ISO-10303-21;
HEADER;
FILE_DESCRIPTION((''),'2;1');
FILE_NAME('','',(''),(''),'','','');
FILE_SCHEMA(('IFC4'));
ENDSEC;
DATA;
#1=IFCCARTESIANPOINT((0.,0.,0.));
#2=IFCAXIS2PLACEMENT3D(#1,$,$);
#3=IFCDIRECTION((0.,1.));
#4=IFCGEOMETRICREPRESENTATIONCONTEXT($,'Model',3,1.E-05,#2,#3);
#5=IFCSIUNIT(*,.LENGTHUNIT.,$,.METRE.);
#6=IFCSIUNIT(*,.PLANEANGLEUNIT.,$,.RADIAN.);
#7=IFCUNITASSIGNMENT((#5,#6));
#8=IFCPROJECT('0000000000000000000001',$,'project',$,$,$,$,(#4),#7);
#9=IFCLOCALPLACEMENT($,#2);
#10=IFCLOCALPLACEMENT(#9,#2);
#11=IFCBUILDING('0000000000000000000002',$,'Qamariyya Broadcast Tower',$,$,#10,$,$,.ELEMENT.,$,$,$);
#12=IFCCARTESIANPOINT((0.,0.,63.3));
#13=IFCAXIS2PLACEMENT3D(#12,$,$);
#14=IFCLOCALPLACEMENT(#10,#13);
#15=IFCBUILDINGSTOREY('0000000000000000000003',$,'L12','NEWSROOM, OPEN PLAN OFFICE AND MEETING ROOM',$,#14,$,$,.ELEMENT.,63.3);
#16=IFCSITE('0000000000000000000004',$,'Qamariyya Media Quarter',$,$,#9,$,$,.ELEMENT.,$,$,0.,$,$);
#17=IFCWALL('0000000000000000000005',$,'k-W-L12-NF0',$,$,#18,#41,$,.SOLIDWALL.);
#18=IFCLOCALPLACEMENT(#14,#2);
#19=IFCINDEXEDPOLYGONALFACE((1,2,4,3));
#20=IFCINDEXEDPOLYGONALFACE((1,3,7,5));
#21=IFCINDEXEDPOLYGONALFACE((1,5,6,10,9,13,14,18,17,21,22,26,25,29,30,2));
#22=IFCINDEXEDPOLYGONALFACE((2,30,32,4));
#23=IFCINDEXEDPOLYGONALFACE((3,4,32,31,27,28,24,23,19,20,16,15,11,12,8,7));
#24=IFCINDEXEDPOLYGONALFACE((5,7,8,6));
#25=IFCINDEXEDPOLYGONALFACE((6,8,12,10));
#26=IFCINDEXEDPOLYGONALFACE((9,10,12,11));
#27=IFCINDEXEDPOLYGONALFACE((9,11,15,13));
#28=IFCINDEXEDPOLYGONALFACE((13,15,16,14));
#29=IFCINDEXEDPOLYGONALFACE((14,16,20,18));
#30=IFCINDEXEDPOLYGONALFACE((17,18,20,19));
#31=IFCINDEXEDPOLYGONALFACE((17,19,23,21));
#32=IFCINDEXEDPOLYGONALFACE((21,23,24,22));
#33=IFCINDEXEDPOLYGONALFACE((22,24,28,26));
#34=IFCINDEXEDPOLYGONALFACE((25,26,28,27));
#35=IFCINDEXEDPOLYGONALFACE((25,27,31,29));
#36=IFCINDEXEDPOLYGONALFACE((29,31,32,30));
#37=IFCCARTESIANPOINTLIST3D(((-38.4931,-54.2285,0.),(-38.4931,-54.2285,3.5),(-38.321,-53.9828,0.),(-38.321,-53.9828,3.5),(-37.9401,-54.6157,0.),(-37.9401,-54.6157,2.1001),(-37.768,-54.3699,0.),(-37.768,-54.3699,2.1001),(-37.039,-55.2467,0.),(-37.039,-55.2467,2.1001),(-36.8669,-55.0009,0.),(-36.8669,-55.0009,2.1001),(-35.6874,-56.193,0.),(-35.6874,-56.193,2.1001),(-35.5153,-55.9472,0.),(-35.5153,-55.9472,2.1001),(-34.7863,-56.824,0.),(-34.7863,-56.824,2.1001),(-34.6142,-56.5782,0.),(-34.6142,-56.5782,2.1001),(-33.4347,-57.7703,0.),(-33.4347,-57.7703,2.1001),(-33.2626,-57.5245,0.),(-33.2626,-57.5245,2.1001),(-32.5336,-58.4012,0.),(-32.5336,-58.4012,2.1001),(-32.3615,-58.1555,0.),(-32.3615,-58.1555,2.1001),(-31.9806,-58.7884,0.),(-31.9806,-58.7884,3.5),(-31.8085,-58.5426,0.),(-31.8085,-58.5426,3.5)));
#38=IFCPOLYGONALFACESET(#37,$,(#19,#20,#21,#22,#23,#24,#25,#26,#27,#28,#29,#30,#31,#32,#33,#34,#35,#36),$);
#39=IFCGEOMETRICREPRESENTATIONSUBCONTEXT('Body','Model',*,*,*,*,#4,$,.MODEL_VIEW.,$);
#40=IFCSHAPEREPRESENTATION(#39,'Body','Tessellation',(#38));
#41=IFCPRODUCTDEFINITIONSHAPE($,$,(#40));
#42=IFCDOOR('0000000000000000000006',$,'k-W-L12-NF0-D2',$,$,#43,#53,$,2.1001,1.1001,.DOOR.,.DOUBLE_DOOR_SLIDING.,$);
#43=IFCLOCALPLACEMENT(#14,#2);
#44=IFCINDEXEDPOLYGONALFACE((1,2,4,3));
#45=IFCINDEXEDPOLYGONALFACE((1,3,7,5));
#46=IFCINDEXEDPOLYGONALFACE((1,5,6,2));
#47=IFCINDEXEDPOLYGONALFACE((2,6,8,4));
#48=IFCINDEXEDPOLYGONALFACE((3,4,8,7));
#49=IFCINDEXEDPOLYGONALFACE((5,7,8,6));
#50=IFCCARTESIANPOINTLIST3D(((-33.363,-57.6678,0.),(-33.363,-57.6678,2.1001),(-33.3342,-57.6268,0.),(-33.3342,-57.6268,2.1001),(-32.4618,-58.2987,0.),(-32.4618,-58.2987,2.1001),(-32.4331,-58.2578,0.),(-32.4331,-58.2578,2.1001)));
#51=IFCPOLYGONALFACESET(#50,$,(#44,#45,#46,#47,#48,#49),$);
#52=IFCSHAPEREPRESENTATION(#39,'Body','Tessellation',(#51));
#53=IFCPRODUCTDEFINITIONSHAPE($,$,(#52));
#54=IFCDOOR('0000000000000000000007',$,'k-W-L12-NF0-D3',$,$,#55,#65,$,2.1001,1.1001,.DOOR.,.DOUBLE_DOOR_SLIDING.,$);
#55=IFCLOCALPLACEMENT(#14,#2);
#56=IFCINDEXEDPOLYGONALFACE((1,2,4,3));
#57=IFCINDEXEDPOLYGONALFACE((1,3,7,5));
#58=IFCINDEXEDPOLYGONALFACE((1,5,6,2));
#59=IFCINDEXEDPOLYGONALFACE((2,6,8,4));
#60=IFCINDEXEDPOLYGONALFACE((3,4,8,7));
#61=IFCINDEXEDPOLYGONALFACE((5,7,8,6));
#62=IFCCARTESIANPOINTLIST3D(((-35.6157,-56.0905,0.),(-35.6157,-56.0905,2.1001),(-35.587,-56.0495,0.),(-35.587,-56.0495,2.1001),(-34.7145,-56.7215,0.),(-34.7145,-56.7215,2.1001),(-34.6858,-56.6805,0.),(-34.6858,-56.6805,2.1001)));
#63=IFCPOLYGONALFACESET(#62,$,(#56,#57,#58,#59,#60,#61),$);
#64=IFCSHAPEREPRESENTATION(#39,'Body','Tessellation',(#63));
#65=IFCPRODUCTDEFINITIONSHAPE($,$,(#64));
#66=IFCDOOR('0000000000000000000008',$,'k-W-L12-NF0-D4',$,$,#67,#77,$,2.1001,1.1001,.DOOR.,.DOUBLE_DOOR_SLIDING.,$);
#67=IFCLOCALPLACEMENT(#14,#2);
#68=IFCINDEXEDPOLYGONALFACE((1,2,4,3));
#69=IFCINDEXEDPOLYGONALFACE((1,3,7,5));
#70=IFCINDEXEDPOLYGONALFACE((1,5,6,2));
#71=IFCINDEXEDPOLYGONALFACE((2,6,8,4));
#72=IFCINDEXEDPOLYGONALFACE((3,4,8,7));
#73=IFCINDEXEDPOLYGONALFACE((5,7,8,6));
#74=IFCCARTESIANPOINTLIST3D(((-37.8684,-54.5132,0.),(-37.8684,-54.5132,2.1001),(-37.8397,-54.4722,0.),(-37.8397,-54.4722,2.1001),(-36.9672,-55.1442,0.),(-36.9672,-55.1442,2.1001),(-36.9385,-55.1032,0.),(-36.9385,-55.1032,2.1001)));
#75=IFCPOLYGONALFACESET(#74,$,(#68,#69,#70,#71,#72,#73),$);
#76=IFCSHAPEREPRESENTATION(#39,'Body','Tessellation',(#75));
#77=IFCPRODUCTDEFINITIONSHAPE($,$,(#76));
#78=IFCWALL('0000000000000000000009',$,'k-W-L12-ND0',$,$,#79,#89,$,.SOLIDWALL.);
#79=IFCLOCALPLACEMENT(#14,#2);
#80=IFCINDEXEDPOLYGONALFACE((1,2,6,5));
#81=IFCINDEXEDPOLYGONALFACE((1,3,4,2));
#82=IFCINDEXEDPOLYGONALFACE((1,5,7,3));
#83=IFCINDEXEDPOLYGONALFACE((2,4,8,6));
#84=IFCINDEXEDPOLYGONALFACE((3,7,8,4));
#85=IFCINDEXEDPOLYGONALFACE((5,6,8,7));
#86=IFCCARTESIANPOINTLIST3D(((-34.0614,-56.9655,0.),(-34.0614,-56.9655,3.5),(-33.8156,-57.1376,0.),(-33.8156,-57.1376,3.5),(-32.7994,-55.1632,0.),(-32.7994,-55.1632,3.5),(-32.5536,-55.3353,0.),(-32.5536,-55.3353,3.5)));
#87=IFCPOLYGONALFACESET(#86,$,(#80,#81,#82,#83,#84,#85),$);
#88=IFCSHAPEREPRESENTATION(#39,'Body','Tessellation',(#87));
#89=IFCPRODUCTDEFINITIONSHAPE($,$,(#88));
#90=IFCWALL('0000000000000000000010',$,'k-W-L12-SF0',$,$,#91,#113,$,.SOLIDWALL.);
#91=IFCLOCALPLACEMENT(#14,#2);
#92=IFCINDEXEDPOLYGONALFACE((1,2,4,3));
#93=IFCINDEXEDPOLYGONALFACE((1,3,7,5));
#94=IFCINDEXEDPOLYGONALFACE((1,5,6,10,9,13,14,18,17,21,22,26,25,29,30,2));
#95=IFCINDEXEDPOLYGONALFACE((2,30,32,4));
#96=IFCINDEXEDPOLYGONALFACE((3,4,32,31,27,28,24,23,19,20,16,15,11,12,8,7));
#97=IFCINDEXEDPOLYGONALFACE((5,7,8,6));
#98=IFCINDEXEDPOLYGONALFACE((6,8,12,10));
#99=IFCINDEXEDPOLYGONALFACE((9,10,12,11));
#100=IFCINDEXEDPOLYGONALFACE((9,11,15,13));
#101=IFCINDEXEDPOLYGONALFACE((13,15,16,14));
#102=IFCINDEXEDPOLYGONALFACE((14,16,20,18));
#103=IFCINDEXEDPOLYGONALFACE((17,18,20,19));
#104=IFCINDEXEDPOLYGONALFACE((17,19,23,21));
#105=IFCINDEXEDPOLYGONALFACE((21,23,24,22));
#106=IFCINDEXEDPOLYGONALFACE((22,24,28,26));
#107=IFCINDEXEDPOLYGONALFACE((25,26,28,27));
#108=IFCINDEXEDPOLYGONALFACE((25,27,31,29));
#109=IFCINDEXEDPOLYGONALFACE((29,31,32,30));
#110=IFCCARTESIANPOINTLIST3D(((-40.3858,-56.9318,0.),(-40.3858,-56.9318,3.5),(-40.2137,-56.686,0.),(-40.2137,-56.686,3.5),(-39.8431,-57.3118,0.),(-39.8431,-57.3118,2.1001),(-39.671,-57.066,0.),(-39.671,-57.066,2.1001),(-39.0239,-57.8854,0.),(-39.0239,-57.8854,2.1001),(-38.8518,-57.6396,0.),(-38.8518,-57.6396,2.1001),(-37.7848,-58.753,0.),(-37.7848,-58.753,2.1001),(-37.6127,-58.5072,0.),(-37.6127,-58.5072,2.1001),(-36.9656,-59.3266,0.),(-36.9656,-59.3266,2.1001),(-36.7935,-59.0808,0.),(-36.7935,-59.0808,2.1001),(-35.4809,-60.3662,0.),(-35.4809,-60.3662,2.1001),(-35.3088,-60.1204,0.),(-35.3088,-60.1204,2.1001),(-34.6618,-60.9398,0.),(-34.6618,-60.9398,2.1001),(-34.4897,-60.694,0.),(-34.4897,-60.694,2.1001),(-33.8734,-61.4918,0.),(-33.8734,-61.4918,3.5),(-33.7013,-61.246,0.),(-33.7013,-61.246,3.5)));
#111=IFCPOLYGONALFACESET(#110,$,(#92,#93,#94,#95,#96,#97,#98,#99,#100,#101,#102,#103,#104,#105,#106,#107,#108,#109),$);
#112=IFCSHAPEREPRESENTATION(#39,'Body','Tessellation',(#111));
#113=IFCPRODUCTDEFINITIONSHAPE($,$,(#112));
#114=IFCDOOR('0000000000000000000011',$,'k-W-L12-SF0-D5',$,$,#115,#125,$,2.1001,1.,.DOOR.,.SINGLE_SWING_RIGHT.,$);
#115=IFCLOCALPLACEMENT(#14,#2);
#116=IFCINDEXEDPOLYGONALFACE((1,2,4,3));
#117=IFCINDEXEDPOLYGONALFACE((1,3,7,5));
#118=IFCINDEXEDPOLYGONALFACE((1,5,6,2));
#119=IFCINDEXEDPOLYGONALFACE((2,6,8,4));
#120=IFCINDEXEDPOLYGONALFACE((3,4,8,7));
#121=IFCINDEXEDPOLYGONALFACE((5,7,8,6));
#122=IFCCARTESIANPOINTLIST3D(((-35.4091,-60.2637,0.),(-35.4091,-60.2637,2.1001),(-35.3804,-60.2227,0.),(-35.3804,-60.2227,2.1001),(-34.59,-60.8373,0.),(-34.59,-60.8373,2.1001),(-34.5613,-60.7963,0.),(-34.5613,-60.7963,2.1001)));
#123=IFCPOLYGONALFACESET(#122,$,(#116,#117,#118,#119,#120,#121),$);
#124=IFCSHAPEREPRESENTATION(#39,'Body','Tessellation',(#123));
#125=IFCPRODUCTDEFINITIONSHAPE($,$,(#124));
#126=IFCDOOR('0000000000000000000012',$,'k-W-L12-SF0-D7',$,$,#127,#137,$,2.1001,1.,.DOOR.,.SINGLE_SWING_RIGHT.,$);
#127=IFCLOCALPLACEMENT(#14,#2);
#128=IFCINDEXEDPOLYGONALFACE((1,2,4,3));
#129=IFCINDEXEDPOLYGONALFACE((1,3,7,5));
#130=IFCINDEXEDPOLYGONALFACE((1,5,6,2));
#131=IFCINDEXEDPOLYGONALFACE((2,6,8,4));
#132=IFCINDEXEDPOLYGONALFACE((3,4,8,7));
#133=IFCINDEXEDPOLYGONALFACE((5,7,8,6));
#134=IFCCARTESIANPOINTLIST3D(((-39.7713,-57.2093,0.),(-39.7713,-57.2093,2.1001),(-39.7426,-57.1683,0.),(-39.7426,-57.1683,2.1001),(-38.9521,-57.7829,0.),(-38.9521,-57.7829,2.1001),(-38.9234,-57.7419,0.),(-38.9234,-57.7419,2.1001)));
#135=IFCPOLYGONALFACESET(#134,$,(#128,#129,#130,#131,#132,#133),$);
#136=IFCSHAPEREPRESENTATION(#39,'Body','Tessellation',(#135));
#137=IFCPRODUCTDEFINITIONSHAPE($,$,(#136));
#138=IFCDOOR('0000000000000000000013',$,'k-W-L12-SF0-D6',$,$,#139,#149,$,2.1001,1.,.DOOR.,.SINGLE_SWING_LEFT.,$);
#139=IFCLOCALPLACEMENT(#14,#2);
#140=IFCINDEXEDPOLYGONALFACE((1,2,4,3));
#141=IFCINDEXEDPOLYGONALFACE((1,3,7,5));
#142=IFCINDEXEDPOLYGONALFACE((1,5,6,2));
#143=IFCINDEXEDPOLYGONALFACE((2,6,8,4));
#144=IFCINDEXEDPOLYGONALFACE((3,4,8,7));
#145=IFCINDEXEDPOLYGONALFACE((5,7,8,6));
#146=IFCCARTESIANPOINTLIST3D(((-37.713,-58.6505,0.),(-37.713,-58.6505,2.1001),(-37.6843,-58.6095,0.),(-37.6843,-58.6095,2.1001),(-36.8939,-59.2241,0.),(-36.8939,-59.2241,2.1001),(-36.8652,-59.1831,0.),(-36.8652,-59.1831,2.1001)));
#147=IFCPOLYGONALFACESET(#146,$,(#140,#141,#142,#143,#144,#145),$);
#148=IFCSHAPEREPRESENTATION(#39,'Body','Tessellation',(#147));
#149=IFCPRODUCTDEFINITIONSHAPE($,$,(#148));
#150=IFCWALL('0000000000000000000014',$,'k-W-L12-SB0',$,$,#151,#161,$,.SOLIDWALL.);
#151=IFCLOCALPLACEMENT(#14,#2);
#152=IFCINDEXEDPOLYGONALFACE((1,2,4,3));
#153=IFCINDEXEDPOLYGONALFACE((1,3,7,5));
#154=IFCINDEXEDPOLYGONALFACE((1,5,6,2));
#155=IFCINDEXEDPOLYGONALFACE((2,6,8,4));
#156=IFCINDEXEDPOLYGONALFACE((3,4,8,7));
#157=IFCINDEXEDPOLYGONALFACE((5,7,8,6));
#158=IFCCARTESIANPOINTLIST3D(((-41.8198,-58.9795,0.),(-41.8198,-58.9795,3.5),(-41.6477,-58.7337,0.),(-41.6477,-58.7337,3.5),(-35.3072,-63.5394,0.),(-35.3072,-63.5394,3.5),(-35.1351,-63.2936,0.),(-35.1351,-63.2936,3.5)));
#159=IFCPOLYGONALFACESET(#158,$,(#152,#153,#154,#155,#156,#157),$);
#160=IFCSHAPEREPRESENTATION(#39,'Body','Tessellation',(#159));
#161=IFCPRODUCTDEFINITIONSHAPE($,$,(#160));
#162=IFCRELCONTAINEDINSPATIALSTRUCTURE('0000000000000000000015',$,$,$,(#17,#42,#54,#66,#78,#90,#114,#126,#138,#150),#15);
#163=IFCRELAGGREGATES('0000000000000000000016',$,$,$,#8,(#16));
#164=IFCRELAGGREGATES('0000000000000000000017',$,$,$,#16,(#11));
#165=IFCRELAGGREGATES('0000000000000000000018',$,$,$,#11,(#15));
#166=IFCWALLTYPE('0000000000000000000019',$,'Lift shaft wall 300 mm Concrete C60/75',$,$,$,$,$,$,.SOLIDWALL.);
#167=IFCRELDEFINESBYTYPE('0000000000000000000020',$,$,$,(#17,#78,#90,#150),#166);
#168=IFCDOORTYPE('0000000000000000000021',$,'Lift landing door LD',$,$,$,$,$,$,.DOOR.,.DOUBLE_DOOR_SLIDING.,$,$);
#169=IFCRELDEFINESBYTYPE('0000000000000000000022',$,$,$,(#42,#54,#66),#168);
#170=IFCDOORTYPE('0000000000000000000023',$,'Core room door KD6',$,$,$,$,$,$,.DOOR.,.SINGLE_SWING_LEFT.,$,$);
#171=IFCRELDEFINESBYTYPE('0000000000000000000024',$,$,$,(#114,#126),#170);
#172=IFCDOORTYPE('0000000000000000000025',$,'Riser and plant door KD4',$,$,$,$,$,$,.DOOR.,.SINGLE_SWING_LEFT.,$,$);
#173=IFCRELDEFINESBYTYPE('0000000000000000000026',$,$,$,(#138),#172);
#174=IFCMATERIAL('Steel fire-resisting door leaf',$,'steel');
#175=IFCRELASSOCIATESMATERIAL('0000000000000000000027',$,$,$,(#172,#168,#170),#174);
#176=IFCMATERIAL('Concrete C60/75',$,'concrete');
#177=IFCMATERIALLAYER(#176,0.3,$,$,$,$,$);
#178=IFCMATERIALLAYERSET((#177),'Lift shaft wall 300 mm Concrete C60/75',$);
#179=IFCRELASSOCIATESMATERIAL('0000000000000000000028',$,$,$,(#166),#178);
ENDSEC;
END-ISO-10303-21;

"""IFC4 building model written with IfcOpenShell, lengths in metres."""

from ifc_helpers import new_model, si_unit, direction, frame, frame_2d, origin, place, context, subcontext, project, spatial, rectangle, extrude, material, layer, layer_set, type_object, element, fill, save


model = new_model("IFC4")

# Units and contexts
model_context = context("Model", 3, precision=1e-05, world=origin(), true_north=direction((0.0, 1.0)))
body_context = subcontext(model_context, "Body", "Model", "MODEL_VIEW")
ifc_project = project(units=[si_unit("LENGTHUNIT", "METRE"), si_unit("PLANEANGLEUNIT", "RADIAN")], contexts=[model_context])

# Site, building, storey
site_placement = place(None, origin())
site = spatial("IfcSite", under=ifc_project, at=site_placement, Name="Qamariyya Media Quarter", CompositionType="ELEMENT", RefElevation=0.0)
building_placement = place(site_placement, origin())
building = spatial("IfcBuilding", under=site, at=building_placement, Name="Qamariyya Broadcast Tower", CompositionType="ELEMENT")
storey_placement = place(building_placement, frame((0.0, 0.0, 63.3)))
storey = spatial("IfcBuildingStorey", under=building, at=storey_placement, Name="L12", Description="NEWSROOM, OPEN PLAN OFFICE AND MEETING ROOM", CompositionType="ELEMENT", Elevation=63.3)

# Shared definitions
ifc_material_1 = material(Name="Steel fire-resisting door leaf", Category="steel")
door_type_1 = type_object("IfcDoorType", Name="Riser and plant door KD4", OperationType="SINGLE_SWING_LEFT", PredefinedType="DOOR", material=ifc_material_1)

# Wall, openings, doors
ifc_material_2 = material(Name="Concrete C60/75", Category="concrete")
ifc_layer_1 = layer(ifc_material_2, 0.3)
ifc_layer_set_1 = layer_set([ifc_layer_1], Name="Lift shaft wall 300 mm Concrete C60/75")
wall_type_1 = type_object("IfcWallType", Name="Lift shaft wall 300 mm Concrete C60/75", PredefinedType="SOLIDWALL", material=ifc_layer_set_1)
wall_1_placement = place(storey_placement, frame((-31.8945, -58.6655, 0.0), z_axis=(0.0, 0.0, 1.0), x_axis=(-0.819167, 0.573555, 0.0)))
wall_1 = element("IfcWall", 1, at=wall_1_placement, inside=storey, type_object=wall_type_1, Name="k-W-L12-NF0", PredefinedType="SOLIDWALL", context=body_context, shape_type="SweptSolid", body=[
    extrude(rectangle(XDim=7.9502, YDim=0.3, at=frame_2d((3.9751, 0.0))), origin(), (0.0, 0.0, 1.0), 3.5),
])
opening_1_placement = place(wall_1_placement, frame((0.675, 0.0, 0.0)))
opening_1 = element("IfcOpeningElement", 2, at=opening_1_placement, cuts=wall_1, PredefinedType="OPENING", context=body_context, shape_type="SweptSolid", body=[
    extrude(rectangle(XDim=1.1001, YDim=2.1001, at=frame_2d((0.55, 1.05))), frame((0.0, 0.1599, 0.0), z_axis=(0.0, -1.0, 0.0), x_axis=(1.0, 0.0, 0.0)), (0.0, 0.0, 1.0), 0.3201),
])
opening_2_placement = place(wall_1_placement, frame((3.425, 0.0, 0.0)))
opening_2 = element("IfcOpeningElement", 3, at=opening_2_placement, cuts=wall_1, PredefinedType="OPENING", context=body_context, shape_type="SweptSolid", body=[
    extrude(rectangle(XDim=1.1001, YDim=2.1001, at=frame_2d((0.55, 1.05))), frame((0.0, 0.1599, 0.0), z_axis=(0.0, -1.0, 0.0), x_axis=(1.0, 0.0, 0.0)), (0.0, 0.0, 1.0), 0.3201),
])
opening_3_placement = place(wall_1_placement, frame((6.175, 0.0, 0.0)))
opening_3 = element("IfcOpeningElement", 4, at=opening_3_placement, cuts=wall_1, PredefinedType="OPENING", context=body_context, shape_type="SweptSolid", body=[
    extrude(rectangle(XDim=1.1001, YDim=2.1001, at=frame_2d((0.55, 1.05))), frame((0.0, 0.1599, 0.0), z_axis=(0.0, -1.0, 0.0), x_axis=(1.0, 0.0, 0.0)), (0.0, 0.0, 1.0), 0.3201),
])
door_type_2 = type_object("IfcDoorType", Name="Lift landing door LD", OperationType="DOUBLE_DOOR_SLIDING", PredefinedType="DOOR", material=ifc_material_1)
door_1_placement = place(opening_1_placement, origin())
door_1 = element("IfcDoor", 5, at=door_1_placement, inside=storey, type_object=door_type_2, Name="k-W-L12-NF0-D2", OperationType="DOUBLE_DOOR_SLIDING", OverallHeight=2.1001, OverallWidth=1.1001, PredefinedType="DOOR", context=body_context, shape_type="SweptSolid", body=[
    extrude(rectangle(XDim=1.1001, YDim=2.1001, at=frame_2d((0.55, 1.05))), frame((0.0, 0.0249, 0.0), z_axis=(0.0, -1.0, 0.0), x_axis=(1.0, 0.0, 0.0)), (0.0, 0.0, 1.0), 0.05),
])
fill(opening_1, door_1)
door_2_placement = place(opening_2_placement, origin())
door_2 = element("IfcDoor", 6, at=door_2_placement, inside=storey, type_object=door_type_2, Name="k-W-L12-NF0-D3", OperationType="DOUBLE_DOOR_SLIDING", OverallHeight=2.1001, OverallWidth=1.1001, PredefinedType="DOOR", context=body_context, shape_type="SweptSolid", body=[
    extrude(rectangle(XDim=1.1001, YDim=2.1001, at=frame_2d((0.55, 1.05))), frame((0.0, 0.0249, 0.0), z_axis=(0.0, -1.0, 0.0), x_axis=(1.0, 0.0, 0.0)), (0.0, 0.0, 1.0), 0.05),
])
fill(opening_2, door_2)
door_3_placement = place(opening_3_placement, origin())
door_3 = element("IfcDoor", 7, at=door_3_placement, inside=storey, type_object=door_type_2, Name="k-W-L12-NF0-D4", OperationType="DOUBLE_DOOR_SLIDING", OverallHeight=2.1001, OverallWidth=1.1001, PredefinedType="DOOR", context=body_context, shape_type="SweptSolid", body=[
    extrude(rectangle(XDim=1.1001, YDim=2.1001, at=frame_2d((0.55, 1.05))), frame((0.0, 0.0249, 0.0), z_axis=(0.0, -1.0, 0.0), x_axis=(1.0, 0.0, 0.0)), (0.0, 0.0, 1.0), 0.05),
])
fill(opening_3, door_3)

# Wall
wall_2_placement = place(storey_placement, frame((-33.9385, -57.0515, 0.0), z_axis=(0.0, 0.0, 1.0), x_axis=(0.573581, 0.819149, 0.0)))
element("IfcWall", 8, at=wall_2_placement, inside=storey, type_object=wall_type_1, Name="k-W-L12-ND0", PredefinedType="SOLIDWALL", context=body_context, shape_type="SweptSolid", body=[
    extrude(rectangle(XDim=2.2002, YDim=0.3, at=frame_2d((1.1001, 0.0))), origin(), (0.0, 0.0, 1.0), 3.5),
])

# Wall, openings, doors
wall_3_placement = place(storey_placement, frame((-33.7874, -61.3689, 0.0), z_axis=(0.0, 0.0, 1.0), x_axis=(-0.819153, 0.573576, 0.0)))
wall_3 = element("IfcWall", 9, at=wall_3_placement, inside=storey, type_object=wall_type_1, Name="k-W-L12-SF0", PredefinedType="SOLIDWALL", context=body_context, shape_type="SweptSolid", body=[
    extrude(rectangle(XDim=7.9502, YDim=0.3, at=frame_2d((3.9751, 0.0))), origin(), (0.0, 0.0, 1.0), 3.5),
])
opening_4_placement = place(wall_3_placement, frame((0.9624, 0.0, 0.0)))
opening_4 = element("IfcOpeningElement", 10, at=opening_4_placement, cuts=wall_3, PredefinedType="OPENING", context=body_context, shape_type="SweptSolid", body=[
    extrude(rectangle(XDim=1.0, YDim=2.1001, at=frame_2d((0.5, 1.05))), frame((0.0, 0.1599, 0.0), z_axis=(0.0, -1.0, 0.0), x_axis=(1.0, 0.0, 0.0)), (0.0, 0.0, 1.0), 0.3201),
])
opening_5_placement = place(wall_3_placement, frame((3.7749, 0.0, 0.0)))
opening_5 = element("IfcOpeningElement", 11, at=opening_5_placement, cuts=wall_3, PredefinedType="OPENING", context=body_context, shape_type="SweptSolid", body=[
    extrude(rectangle(XDim=1.0, YDim=2.1001, at=frame_2d((0.5, 1.05))), frame((0.0, 0.1599, 0.0), z_axis=(0.0, -1.0, 0.0), x_axis=(1.0, 0.0, 0.0)), (0.0, 0.0, 1.0), 0.3201),
])
opening_6_placement = place(wall_3_placement, frame((6.2876, 0.0, 0.0)))
opening_6 = element("IfcOpeningElement", 12, at=opening_6_placement, cuts=wall_3, PredefinedType="OPENING", context=body_context, shape_type="SweptSolid", body=[
    extrude(rectangle(XDim=1.0, YDim=2.1001, at=frame_2d((0.5, 1.05))), frame((0.0, 0.1599, 0.0), z_axis=(0.0, -1.0, 0.0), x_axis=(1.0, 0.0, 0.0)), (0.0, 0.0, 1.0), 0.3201),
])
door_type_3 = type_object("IfcDoorType", Name="Core room door KD6", OperationType="SINGLE_SWING_LEFT", PredefinedType="DOOR", material=ifc_material_1)
door_4_placement = place(opening_4_placement, origin())
door_4 = element("IfcDoor", 13, at=door_4_placement, inside=storey, type_object=door_type_3, Name="k-W-L12-SF0-D5", OperationType="SINGLE_SWING_RIGHT", OverallHeight=2.1001, OverallWidth=1.0, PredefinedType="DOOR", context=body_context, shape_type="SweptSolid", body=[
    extrude(rectangle(XDim=1.0, YDim=2.1001, at=frame_2d((0.5, 1.05))), frame((0.0, 0.0249, 0.0), z_axis=(0.0, -1.0, 0.0), x_axis=(1.0, 0.0, 0.0)), (0.0, 0.0, 1.0), 0.05),
])
fill(opening_4, door_4)
door_5_placement = place(opening_6_placement, origin())
door_5 = element("IfcDoor", 14, at=door_5_placement, inside=storey, type_object=door_type_3, Name="k-W-L12-SF0-D7", OperationType="SINGLE_SWING_RIGHT", OverallHeight=2.1001, OverallWidth=1.0, PredefinedType="DOOR", context=body_context, shape_type="SweptSolid", body=[
    extrude(rectangle(XDim=1.0, YDim=2.1001, at=frame_2d((0.5, 1.05))), frame((0.0, 0.0249, 0.0), z_axis=(0.0, -1.0, 0.0), x_axis=(1.0, 0.0, 0.0)), (0.0, 0.0, 1.0), 0.05),
])
fill(opening_6, door_5)
door_6_placement = place(opening_5_placement, origin())
door_6 = element("IfcDoor", 15, at=door_6_placement, inside=storey, type_object=door_type_1, Name="k-W-L12-SF0-D6", OperationType="SINGLE_SWING_LEFT", OverallHeight=2.1001, OverallWidth=1.0, PredefinedType="DOOR", context=body_context, shape_type="SweptSolid", body=[
    extrude(rectangle(XDim=1.0, YDim=2.1001, at=frame_2d((0.5, 1.05))), frame((0.0, 0.0249, 0.0), z_axis=(0.0, -1.0, 0.0), x_axis=(1.0, 0.0, 0.0)), (0.0, 0.0, 1.0), 0.05),
])
fill(opening_5, door_6)

# Wall
wall_4_placement = place(storey_placement, frame((-35.2212, -63.4165, 0.0), z_axis=(0.0, 0.0, 1.0), x_axis=(-0.819167, 0.573555, 0.0)))
element("IfcWall", 16, at=wall_4_placement, inside=storey, type_object=wall_type_1, Name="k-W-L12-SB0", PredefinedType="SOLIDWALL", context=body_context, shape_type="SweptSolid", body=[
    extrude(rectangle(XDim=7.9502, YDim=0.3, at=frame_2d((3.9751, 0.0))), origin(), (0.0, 0.0, 1.0), 3.5),
])

save(model, "model.ifc")
